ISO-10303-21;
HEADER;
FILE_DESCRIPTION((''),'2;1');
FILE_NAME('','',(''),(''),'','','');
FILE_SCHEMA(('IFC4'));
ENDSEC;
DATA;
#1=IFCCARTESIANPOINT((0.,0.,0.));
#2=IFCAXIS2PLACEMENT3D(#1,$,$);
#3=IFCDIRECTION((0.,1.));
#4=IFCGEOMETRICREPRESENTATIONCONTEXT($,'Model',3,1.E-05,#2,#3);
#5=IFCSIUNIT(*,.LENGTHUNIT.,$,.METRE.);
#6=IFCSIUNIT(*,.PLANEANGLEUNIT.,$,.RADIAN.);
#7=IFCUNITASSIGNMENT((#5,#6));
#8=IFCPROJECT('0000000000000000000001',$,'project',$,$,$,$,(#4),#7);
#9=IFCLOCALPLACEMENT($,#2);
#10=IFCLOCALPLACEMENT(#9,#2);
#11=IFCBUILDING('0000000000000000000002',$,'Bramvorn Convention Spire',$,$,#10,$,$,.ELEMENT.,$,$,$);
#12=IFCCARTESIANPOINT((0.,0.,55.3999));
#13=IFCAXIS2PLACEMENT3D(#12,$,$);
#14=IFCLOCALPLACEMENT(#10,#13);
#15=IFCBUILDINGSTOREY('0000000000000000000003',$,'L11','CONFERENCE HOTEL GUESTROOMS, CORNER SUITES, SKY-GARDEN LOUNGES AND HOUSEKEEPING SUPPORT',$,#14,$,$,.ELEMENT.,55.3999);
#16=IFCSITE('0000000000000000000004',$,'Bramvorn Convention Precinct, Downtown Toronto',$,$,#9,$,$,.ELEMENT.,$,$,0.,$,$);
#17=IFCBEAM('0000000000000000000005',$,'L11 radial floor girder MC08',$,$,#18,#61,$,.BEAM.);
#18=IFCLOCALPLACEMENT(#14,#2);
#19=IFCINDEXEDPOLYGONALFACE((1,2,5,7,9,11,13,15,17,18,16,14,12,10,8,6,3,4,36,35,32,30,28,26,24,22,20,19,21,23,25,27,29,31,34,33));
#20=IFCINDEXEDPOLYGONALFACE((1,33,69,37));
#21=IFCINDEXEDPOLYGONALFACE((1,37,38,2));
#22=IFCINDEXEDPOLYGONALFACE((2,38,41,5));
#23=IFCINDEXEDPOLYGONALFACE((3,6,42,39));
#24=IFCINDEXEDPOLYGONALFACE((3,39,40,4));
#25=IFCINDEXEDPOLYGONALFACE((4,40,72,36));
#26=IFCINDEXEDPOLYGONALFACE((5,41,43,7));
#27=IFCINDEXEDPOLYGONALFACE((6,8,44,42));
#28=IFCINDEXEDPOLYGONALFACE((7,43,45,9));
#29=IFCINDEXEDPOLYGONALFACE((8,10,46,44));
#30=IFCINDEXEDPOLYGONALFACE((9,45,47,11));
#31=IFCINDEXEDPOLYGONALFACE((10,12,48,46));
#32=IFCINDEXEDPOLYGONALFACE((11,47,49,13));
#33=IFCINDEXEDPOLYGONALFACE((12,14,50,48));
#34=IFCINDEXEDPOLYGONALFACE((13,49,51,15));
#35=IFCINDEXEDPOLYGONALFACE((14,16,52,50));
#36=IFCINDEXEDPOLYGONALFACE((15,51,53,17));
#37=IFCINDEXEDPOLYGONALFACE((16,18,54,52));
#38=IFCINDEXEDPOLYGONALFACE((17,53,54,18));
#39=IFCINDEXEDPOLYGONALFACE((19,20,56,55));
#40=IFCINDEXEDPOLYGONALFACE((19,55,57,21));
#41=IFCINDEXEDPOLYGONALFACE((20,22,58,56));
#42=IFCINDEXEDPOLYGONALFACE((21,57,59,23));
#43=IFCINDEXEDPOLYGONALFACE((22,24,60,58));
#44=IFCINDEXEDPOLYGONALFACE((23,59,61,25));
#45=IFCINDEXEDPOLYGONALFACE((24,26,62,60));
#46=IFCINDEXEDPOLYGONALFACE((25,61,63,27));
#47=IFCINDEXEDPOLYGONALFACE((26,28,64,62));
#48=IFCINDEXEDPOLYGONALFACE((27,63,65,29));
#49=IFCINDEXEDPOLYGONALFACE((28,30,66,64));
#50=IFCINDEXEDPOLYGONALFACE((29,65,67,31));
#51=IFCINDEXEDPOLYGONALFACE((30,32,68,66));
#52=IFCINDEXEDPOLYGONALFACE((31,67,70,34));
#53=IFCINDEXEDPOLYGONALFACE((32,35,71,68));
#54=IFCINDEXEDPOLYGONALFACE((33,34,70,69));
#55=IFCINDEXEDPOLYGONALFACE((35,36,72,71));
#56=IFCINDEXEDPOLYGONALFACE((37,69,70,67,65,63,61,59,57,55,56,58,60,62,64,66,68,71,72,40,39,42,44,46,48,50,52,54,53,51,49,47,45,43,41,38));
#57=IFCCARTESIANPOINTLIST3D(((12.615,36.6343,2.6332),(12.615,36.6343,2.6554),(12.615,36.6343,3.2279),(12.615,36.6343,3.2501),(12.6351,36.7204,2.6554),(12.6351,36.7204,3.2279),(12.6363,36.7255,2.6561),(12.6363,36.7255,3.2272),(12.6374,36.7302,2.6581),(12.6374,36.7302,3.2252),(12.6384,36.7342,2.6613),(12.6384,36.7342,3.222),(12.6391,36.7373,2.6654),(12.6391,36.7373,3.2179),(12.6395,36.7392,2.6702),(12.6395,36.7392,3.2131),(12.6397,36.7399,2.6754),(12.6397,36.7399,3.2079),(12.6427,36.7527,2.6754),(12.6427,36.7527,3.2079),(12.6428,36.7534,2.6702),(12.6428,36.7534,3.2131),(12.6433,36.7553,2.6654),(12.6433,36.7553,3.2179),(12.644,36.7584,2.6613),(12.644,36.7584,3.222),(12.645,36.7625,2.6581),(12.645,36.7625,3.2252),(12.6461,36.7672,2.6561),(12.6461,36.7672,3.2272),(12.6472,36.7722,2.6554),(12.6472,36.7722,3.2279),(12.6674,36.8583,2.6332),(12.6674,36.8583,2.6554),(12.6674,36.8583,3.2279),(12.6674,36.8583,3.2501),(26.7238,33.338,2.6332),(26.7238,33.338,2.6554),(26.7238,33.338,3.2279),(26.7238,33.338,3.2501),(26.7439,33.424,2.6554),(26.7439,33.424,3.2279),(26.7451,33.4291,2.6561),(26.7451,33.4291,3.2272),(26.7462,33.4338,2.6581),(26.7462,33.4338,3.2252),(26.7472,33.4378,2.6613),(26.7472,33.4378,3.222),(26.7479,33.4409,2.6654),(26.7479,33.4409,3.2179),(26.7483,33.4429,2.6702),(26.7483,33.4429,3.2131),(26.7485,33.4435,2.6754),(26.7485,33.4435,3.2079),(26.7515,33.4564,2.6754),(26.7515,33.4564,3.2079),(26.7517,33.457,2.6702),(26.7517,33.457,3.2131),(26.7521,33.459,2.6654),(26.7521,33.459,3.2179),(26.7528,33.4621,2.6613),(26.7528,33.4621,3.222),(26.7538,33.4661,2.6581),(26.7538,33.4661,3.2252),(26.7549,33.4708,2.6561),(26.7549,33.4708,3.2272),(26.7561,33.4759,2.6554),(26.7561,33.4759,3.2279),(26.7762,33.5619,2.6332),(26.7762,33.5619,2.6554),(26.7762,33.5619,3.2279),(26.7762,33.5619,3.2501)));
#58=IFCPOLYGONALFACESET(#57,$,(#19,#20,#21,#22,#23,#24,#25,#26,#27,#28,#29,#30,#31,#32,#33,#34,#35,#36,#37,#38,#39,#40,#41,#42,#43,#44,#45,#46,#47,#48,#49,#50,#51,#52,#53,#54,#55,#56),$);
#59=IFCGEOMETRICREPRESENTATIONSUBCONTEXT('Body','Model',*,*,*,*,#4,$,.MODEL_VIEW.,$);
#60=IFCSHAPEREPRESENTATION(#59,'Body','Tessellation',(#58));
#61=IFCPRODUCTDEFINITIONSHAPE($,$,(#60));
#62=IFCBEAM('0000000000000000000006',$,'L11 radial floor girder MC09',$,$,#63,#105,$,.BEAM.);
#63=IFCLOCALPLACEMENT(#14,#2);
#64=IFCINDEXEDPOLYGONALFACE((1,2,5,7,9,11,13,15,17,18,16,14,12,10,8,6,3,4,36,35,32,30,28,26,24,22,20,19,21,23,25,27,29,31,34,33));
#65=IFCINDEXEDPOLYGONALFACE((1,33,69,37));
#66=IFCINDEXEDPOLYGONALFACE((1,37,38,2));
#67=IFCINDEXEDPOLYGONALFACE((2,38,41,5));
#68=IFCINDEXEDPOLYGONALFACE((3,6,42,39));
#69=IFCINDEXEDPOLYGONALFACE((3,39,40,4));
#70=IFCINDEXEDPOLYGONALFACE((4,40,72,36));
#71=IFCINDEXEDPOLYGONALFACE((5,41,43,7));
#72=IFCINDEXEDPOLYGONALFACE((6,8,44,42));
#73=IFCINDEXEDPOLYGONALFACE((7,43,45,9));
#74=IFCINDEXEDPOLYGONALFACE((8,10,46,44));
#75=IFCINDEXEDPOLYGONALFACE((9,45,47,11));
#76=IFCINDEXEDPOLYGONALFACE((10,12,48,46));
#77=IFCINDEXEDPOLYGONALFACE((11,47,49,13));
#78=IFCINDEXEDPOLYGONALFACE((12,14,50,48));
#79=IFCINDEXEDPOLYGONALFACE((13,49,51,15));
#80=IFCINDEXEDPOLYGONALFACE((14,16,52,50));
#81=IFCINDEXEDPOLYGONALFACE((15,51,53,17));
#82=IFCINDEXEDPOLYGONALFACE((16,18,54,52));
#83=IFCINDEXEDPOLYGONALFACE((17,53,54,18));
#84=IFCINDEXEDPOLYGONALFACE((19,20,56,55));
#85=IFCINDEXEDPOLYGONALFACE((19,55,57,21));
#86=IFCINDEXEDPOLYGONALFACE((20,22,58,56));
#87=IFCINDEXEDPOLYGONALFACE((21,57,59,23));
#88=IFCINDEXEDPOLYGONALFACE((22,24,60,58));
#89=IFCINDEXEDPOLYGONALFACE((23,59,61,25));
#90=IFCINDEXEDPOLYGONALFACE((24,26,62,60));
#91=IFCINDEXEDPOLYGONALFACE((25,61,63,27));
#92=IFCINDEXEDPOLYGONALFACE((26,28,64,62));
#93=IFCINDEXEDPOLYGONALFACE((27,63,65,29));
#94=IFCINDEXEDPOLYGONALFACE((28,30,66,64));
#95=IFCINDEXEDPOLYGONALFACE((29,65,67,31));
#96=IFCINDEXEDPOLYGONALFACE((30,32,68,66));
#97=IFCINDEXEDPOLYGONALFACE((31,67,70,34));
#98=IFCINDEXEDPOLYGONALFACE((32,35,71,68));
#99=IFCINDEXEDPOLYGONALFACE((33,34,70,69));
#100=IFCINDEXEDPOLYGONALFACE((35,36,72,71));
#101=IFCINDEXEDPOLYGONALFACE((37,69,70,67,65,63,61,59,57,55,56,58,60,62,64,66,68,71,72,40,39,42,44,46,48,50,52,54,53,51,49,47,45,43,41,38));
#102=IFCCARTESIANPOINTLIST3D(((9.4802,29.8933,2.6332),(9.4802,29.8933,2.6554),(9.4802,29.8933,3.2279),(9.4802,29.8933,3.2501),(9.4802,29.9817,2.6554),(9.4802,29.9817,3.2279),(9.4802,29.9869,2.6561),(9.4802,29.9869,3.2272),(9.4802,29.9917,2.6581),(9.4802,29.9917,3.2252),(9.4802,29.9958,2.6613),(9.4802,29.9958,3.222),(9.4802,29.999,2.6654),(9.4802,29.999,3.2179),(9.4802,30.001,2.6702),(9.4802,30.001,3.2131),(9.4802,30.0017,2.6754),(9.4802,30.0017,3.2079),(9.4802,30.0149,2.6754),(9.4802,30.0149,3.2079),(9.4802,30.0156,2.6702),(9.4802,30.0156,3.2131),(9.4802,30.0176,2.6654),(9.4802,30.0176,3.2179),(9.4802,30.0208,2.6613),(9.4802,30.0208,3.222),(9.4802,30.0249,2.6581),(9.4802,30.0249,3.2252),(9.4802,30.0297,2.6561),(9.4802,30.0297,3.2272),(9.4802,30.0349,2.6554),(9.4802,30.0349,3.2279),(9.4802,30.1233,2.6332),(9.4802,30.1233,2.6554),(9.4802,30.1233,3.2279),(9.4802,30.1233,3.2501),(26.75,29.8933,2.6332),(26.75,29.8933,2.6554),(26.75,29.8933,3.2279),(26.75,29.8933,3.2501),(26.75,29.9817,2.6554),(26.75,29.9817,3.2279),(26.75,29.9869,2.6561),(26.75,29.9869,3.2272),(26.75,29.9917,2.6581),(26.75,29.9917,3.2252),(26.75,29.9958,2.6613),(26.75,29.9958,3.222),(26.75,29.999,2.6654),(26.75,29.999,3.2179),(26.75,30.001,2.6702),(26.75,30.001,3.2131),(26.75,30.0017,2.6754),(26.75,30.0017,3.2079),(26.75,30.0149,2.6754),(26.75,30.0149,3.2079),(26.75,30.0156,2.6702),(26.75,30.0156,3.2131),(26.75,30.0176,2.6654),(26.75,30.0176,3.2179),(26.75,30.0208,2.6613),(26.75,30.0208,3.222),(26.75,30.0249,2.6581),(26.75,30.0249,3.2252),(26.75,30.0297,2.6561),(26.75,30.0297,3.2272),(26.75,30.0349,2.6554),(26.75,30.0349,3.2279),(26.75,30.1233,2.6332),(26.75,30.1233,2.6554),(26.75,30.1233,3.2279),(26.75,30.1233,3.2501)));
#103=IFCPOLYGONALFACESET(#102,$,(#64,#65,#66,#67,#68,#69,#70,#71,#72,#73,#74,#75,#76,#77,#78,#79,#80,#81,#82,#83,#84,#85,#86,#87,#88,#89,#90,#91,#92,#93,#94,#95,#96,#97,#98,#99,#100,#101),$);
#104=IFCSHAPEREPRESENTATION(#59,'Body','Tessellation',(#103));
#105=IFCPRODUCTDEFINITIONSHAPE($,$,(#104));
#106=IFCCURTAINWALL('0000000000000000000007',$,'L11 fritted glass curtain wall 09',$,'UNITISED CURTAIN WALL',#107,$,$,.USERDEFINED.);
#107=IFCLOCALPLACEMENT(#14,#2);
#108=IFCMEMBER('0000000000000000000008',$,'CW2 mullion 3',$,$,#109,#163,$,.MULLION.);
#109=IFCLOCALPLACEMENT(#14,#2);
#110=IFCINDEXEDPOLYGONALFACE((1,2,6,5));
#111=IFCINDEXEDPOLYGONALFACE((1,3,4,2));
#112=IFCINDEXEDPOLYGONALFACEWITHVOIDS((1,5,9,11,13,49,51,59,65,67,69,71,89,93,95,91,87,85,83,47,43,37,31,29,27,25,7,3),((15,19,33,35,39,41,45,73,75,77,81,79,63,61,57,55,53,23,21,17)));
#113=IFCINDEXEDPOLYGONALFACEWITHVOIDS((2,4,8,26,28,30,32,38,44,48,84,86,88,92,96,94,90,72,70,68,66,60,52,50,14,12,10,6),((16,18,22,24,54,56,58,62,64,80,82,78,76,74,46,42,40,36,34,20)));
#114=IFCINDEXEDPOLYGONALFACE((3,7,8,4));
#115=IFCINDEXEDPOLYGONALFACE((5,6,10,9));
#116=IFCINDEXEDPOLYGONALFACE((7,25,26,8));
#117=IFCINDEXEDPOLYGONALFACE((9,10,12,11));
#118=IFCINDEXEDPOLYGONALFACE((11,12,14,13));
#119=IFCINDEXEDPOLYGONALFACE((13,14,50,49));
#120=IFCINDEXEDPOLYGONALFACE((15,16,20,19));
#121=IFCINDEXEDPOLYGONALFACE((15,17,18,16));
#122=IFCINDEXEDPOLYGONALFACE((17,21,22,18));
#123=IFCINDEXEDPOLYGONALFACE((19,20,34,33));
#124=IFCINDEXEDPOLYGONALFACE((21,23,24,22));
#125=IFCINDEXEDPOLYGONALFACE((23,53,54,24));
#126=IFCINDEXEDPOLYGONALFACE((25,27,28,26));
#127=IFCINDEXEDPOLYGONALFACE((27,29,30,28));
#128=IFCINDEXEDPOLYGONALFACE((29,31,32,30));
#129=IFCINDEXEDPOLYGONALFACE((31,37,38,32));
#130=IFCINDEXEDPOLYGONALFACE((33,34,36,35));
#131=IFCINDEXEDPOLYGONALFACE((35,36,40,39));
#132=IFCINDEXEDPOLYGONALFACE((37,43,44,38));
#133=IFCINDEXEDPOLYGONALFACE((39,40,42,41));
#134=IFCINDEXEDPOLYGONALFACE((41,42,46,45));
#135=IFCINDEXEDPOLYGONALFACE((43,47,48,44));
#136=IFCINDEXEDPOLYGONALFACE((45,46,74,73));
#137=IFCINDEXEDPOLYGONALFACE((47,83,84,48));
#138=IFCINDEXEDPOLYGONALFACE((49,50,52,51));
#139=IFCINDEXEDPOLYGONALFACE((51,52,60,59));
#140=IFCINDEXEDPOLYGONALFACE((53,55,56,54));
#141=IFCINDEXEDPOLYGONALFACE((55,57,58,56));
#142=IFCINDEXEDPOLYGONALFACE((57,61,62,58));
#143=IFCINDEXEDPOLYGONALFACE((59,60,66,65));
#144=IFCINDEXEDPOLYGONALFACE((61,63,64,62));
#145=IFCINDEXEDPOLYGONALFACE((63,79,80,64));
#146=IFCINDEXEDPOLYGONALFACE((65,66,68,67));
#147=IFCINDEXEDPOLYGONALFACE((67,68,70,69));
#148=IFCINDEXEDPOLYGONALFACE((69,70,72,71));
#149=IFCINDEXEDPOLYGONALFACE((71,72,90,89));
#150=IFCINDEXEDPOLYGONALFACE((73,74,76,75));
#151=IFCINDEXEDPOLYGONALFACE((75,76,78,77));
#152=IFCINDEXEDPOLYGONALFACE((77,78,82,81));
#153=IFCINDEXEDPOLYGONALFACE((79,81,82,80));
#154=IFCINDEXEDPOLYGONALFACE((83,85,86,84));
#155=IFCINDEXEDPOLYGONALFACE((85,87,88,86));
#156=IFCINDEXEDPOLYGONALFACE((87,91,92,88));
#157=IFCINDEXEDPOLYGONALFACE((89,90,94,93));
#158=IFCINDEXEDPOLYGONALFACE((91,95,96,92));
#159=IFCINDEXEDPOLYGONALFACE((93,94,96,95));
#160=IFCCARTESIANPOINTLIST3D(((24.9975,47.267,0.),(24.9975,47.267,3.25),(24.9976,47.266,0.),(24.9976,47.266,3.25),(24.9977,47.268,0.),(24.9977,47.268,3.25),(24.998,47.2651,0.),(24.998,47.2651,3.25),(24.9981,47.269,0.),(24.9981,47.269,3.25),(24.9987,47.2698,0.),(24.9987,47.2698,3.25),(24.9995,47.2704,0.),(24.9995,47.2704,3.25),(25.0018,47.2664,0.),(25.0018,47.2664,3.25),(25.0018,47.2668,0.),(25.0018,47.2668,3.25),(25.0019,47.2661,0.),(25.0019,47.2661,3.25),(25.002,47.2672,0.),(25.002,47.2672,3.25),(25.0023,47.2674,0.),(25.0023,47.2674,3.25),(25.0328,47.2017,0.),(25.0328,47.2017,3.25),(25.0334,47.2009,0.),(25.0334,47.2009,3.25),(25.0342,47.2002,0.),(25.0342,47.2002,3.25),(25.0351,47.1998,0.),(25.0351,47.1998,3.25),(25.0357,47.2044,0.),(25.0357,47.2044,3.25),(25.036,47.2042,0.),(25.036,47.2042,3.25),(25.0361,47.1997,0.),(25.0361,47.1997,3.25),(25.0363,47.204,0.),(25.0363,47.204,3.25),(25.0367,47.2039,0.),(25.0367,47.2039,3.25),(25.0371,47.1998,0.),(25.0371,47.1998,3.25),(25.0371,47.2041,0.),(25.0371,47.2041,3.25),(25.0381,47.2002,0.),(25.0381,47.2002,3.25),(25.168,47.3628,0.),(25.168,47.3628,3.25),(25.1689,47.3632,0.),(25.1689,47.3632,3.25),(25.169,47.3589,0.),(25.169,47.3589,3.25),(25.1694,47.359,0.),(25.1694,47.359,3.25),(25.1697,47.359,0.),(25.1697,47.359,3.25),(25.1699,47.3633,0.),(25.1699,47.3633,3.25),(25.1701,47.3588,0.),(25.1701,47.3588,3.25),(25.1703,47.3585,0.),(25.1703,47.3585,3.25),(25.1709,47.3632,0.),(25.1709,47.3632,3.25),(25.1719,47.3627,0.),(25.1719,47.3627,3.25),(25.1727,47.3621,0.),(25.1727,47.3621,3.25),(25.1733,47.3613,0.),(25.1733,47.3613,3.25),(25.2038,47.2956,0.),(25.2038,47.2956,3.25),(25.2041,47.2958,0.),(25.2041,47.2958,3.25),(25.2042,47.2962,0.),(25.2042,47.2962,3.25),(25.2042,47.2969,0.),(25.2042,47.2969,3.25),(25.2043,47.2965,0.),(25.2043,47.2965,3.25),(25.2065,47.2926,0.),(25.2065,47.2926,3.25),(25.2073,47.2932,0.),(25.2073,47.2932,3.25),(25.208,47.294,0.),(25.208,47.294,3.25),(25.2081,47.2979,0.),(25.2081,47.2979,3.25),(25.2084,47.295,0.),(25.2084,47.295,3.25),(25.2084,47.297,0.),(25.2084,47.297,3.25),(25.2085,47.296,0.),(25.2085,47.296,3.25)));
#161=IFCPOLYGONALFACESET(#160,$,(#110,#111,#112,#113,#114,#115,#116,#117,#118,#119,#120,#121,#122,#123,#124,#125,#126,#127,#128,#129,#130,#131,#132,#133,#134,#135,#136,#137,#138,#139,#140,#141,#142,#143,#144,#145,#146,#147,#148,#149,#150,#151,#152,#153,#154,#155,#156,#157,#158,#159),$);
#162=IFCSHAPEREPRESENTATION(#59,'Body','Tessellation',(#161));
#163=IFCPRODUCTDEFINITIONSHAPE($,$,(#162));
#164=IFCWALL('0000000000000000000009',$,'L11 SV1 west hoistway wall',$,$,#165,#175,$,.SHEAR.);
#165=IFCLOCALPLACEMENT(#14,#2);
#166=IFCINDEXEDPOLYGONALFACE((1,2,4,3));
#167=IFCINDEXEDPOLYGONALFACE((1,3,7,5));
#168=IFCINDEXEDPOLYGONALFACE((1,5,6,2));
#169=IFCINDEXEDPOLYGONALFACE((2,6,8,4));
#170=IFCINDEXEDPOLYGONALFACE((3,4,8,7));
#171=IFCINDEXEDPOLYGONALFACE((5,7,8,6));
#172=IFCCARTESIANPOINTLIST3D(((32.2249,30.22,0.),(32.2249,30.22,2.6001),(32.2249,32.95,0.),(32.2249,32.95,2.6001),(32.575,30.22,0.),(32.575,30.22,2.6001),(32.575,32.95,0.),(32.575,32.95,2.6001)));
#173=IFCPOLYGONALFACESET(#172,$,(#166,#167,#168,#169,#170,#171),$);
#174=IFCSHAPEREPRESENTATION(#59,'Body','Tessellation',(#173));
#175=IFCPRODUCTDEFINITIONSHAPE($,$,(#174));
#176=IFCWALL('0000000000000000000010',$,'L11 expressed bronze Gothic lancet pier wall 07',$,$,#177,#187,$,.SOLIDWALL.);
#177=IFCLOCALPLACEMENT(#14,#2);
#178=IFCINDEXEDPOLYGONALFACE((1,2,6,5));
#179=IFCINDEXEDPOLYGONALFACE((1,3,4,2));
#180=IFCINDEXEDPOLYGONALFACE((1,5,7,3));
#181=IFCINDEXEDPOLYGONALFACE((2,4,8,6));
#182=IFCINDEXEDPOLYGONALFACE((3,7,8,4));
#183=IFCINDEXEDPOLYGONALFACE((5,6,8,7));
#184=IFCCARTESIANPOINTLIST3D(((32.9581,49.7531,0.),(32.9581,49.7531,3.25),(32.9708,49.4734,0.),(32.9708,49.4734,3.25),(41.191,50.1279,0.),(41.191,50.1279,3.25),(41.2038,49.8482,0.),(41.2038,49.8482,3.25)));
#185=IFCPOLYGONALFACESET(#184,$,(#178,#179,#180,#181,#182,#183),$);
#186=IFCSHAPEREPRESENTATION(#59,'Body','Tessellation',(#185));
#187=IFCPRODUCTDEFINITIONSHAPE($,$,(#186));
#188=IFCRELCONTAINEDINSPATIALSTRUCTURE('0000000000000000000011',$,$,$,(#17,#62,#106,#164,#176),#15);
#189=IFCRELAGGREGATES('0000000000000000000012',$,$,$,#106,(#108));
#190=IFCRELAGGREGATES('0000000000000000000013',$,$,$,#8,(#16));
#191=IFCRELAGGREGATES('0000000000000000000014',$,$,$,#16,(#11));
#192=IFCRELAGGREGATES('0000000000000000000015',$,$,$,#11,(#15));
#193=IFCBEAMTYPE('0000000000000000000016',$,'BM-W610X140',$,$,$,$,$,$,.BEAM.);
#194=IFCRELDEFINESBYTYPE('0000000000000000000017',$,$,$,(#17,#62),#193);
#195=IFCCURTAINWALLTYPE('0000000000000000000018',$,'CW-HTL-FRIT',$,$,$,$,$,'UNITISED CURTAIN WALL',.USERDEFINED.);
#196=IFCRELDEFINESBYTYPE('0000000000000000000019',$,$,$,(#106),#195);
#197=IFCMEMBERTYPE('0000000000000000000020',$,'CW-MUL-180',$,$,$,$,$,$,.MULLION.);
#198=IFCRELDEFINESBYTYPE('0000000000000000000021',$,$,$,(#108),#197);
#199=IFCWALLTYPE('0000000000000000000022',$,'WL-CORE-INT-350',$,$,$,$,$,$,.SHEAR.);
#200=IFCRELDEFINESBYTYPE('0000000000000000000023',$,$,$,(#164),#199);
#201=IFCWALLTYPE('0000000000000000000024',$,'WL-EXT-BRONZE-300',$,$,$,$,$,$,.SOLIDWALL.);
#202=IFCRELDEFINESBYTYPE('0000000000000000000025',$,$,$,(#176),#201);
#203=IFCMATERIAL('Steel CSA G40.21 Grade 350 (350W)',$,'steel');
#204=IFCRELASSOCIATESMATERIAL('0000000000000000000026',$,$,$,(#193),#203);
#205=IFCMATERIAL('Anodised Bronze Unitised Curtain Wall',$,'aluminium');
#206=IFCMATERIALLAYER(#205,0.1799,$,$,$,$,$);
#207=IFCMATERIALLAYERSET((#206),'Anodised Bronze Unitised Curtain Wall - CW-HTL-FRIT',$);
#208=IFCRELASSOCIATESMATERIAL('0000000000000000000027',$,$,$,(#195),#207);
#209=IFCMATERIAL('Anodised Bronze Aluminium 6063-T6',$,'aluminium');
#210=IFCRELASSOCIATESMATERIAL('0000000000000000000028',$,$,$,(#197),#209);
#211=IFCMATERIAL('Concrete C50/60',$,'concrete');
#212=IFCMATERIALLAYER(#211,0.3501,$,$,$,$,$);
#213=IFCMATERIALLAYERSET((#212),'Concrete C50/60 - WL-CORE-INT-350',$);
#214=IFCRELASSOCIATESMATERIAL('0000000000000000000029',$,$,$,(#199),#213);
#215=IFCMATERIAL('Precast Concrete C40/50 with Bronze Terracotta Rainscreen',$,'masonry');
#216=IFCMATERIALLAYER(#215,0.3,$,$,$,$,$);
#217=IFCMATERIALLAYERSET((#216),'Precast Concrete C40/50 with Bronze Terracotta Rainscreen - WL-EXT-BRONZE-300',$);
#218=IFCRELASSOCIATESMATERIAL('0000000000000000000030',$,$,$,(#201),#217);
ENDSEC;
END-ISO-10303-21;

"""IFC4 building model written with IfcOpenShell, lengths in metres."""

from ifc_helpers import new_model, si_unit, direction, frame, frame_2d, origin, origin_2d, place, context, subcontext, project, spatial, rectangle, hollow_rectangle, i_section, extrude, material, layer, layer_set, material_profile, profile_set, type_object, element, aggregate, save


model = new_model("IFC4")

# Units and contexts
model_context = context("Model", 3, precision=1e-05, world=origin(), true_north=direction((0.0, 1.0)))
body_context = subcontext(model_context, "Body", "Model", "MODEL_VIEW")
ifc_project = project(units=[si_unit("LENGTHUNIT", "METRE"), si_unit("PLANEANGLEUNIT", "RADIAN")], contexts=[model_context])

# Site, building, storey
site_placement = place(None, origin())
site = spatial("IfcSite", under=ifc_project, at=site_placement, Name="Bramvorn Convention Precinct, Downtown Toronto", CompositionType="ELEMENT", RefElevation=0.0)
building_placement = place(site_placement, origin())
building = spatial("IfcBuilding", under=site, at=building_placement, Name="Bramvorn Convention Spire", CompositionType="ELEMENT")
storey_placement = place(building_placement, frame((0.0, 0.0, 55.3999)))
storey = spatial("IfcBuildingStorey", under=building, at=storey_placement, Name="L11", Description="CONFERENCE HOTEL GUESTROOMS, CORNER SUITES, SKY-GARDEN LOUNGES AND HOUSEKEEPING SUPPORT", CompositionType="ELEMENT", Elevation=55.3999)

# Shared definitions
ifc_material_1 = material(Name="Steel CSA G40.21 Grade 350 (350W)", Category="steel")

# Beams
ifc_material_profile_1 = material_profile(ifc_material_1, i_section(OverallWidth=0.23, OverallDepth=0.6169, WebThickness=0.0132, FlangeThickness=0.0222, FilletRadius=0.02, at=origin_2d()))
ifc_profile_set_1 = profile_set([ifc_material_profile_1], Name="Steel CSA G40.21 Grade 350 (350W) - W610X140")
beam_type_1 = type_object("IfcBeamType", Name="BM-W610X140", PredefinedType="BEAM", material=ifc_profile_set_1)
beam_1_placement = place(storey_placement, frame((26.75, 33.45, 2.9417), z_axis=(-0.973775, 0.227512, 0.0), x_axis=(-0.227512, -0.973775, 0.0)))
element("IfcBeam", 1, at=beam_1_placement, inside=storey, type_object=beam_type_1, Name="L11 radial floor girder MC08", PredefinedType="BEAM", context=body_context, shape_type="SweptSolid", body=[
    extrude(i_section(OverallWidth=0.23, OverallDepth=0.6169, WebThickness=0.0132, FlangeThickness=0.0222, FilletRadius=0.02, at=origin_2d()), origin(), (0.0, 0.0, 1.0), 14.4888),
])
beam_2_placement = place(storey_placement, frame((26.75, 30.0083, 2.9417), z_axis=(-1.0, 0.0, 0.0), x_axis=(0.0, -1.0, 0.0)))
element("IfcBeam", 2, at=beam_2_placement, inside=storey, type_object=beam_type_1, Name="L11 radial floor girder MC09", PredefinedType="BEAM", context=body_context, shape_type="SweptSolid", body=[
    extrude(i_section(OverallWidth=0.23, OverallDepth=0.6169, WebThickness=0.0132, FlangeThickness=0.0222, FilletRadius=0.02, at=origin_2d()), origin(), (0.0, 0.0, 1.0), 17.2698),
])

# Curtain wall, member
ifc_material_2 = material(Name="Anodised Bronze Unitised Curtain Wall", Category="aluminium")
ifc_layer_1 = layer(ifc_material_2, 0.1799)
ifc_layer_set_1 = layer_set([ifc_layer_1], Name="Anodised Bronze Unitised Curtain Wall - CW-HTL-FRIT")
curtain_wall_type = type_object("IfcCurtainWallType", Name="CW-HTL-FRIT", ElementType="UNITISED CURTAIN WALL", PredefinedType="USERDEFINED", material=ifc_layer_set_1)
curtain_wall_placement = place(storey_placement, origin())
curtain_wall = element("IfcCurtainWall", 3, at=curtain_wall_placement, inside=storey, type_object=curtain_wall_type, Name="L11 fritted glass curtain wall 09", ObjectType="UNITISED CURTAIN WALL", PredefinedType="USERDEFINED")
ifc_material_3 = material(Name="Anodised Bronze Aluminium 6063-T6", Category="aluminium")
ifc_material_profile_2 = material_profile(ifc_material_3, hollow_rectangle(XDim=0.0801, YDim=0.2, WallThickness=0.0039, InnerFilletRadius=0.001, OuterFilletRadius=0.0039, at=origin_2d()))
ifc_profile_set_2 = profile_set([ifc_material_profile_2], Name="Anodised Bronze Aluminium 6063-T6 - CWM80X200")
member_type = type_object("IfcMemberType", Name="CW-MUL-180", PredefinedType="MULLION", material=ifc_profile_set_2)
member_placement = place(storey_placement, frame((25.103, 47.2815, 0.0), z_axis=(0.0, 0.0, 1.0), x_axis=(-0.481255, 0.876581, 0.0)))
member = element("IfcMember", 4, at=member_placement, type_object=member_type, Name="CW2 mullion 3", PredefinedType="MULLION", context=body_context, shape_type="SweptSolid", body=[
    extrude(hollow_rectangle(XDim=0.0801, YDim=0.2, WallThickness=0.0039, InnerFilletRadius=0.001, OuterFilletRadius=0.0039, at=origin_2d()), origin(), (0.0, 0.0, 1.0), 3.25),
])
aggregate(curtain_wall, [member])

# Shared definitions
ifc_material_4 = material(Name="Concrete C50/60", Category="concrete")
ifc_layer_2 = layer(ifc_material_4, 0.3501)
ifc_layer_set_2 = layer_set([ifc_layer_2], Name="Concrete C50/60 - WL-CORE-INT-350")
wall_type_1 = type_object("IfcWallType", Name="WL-CORE-INT-350", PredefinedType="SHEAR", material=ifc_layer_set_2)

# Walls
wall_1_placement = place(storey_placement, frame((32.3999, 30.22, 0.0), z_axis=(0.0, 0.0, 1.0), x_axis=(0.0, 1.0, 0.0)))
element("IfcWall", 5, at=wall_1_placement, inside=storey, type_object=wall_type_1, Name="L11 SV1 west hoistway wall", PredefinedType="SHEAR", context=body_context, shape_type="SweptSolid", body=[
    extrude(rectangle(XDim=2.73, YDim=0.3501, at=frame_2d((1.365, 0.0))), origin(), (0.0, 0.0, 1.0), 2.6001),
])
ifc_material_5 = material(Name="Precast Concrete C40/50 with Bronze Terracotta Rainscreen", Category="masonry")
ifc_layer_3 = layer(ifc_material_5, 0.3)
ifc_layer_set_3 = layer_set([ifc_layer_3], Name="Precast Concrete C40/50 with Bronze Terracotta Rainscreen - WL-EXT-BRONZE-300")
wall_type_2 = type_object("IfcWallType", Name="WL-EXT-BRONZE-300", PredefinedType="SOLIDWALL", material=ifc_layer_set_3)
wall_2_placement = place(storey_placement, frame((32.9646, 49.6133, 0.0), z_axis=(0.0, 0.0, 1.0), x_axis=(0.998966, 0.045472, 0.0)))
element("IfcWall", 6, at=wall_2_placement, inside=storey, type_object=wall_type_2, Name="L11 expressed bronze Gothic lancet pier wall 07", PredefinedType="SOLIDWALL", context=body_context, shape_type="SweptSolid", body=[
    extrude(rectangle(XDim=8.2415, YDim=0.28, at=frame_2d((4.1206, 0.0))), origin(), (0.0, 0.0, 1.0), 3.25),
])

save(model, "model.ifc")
